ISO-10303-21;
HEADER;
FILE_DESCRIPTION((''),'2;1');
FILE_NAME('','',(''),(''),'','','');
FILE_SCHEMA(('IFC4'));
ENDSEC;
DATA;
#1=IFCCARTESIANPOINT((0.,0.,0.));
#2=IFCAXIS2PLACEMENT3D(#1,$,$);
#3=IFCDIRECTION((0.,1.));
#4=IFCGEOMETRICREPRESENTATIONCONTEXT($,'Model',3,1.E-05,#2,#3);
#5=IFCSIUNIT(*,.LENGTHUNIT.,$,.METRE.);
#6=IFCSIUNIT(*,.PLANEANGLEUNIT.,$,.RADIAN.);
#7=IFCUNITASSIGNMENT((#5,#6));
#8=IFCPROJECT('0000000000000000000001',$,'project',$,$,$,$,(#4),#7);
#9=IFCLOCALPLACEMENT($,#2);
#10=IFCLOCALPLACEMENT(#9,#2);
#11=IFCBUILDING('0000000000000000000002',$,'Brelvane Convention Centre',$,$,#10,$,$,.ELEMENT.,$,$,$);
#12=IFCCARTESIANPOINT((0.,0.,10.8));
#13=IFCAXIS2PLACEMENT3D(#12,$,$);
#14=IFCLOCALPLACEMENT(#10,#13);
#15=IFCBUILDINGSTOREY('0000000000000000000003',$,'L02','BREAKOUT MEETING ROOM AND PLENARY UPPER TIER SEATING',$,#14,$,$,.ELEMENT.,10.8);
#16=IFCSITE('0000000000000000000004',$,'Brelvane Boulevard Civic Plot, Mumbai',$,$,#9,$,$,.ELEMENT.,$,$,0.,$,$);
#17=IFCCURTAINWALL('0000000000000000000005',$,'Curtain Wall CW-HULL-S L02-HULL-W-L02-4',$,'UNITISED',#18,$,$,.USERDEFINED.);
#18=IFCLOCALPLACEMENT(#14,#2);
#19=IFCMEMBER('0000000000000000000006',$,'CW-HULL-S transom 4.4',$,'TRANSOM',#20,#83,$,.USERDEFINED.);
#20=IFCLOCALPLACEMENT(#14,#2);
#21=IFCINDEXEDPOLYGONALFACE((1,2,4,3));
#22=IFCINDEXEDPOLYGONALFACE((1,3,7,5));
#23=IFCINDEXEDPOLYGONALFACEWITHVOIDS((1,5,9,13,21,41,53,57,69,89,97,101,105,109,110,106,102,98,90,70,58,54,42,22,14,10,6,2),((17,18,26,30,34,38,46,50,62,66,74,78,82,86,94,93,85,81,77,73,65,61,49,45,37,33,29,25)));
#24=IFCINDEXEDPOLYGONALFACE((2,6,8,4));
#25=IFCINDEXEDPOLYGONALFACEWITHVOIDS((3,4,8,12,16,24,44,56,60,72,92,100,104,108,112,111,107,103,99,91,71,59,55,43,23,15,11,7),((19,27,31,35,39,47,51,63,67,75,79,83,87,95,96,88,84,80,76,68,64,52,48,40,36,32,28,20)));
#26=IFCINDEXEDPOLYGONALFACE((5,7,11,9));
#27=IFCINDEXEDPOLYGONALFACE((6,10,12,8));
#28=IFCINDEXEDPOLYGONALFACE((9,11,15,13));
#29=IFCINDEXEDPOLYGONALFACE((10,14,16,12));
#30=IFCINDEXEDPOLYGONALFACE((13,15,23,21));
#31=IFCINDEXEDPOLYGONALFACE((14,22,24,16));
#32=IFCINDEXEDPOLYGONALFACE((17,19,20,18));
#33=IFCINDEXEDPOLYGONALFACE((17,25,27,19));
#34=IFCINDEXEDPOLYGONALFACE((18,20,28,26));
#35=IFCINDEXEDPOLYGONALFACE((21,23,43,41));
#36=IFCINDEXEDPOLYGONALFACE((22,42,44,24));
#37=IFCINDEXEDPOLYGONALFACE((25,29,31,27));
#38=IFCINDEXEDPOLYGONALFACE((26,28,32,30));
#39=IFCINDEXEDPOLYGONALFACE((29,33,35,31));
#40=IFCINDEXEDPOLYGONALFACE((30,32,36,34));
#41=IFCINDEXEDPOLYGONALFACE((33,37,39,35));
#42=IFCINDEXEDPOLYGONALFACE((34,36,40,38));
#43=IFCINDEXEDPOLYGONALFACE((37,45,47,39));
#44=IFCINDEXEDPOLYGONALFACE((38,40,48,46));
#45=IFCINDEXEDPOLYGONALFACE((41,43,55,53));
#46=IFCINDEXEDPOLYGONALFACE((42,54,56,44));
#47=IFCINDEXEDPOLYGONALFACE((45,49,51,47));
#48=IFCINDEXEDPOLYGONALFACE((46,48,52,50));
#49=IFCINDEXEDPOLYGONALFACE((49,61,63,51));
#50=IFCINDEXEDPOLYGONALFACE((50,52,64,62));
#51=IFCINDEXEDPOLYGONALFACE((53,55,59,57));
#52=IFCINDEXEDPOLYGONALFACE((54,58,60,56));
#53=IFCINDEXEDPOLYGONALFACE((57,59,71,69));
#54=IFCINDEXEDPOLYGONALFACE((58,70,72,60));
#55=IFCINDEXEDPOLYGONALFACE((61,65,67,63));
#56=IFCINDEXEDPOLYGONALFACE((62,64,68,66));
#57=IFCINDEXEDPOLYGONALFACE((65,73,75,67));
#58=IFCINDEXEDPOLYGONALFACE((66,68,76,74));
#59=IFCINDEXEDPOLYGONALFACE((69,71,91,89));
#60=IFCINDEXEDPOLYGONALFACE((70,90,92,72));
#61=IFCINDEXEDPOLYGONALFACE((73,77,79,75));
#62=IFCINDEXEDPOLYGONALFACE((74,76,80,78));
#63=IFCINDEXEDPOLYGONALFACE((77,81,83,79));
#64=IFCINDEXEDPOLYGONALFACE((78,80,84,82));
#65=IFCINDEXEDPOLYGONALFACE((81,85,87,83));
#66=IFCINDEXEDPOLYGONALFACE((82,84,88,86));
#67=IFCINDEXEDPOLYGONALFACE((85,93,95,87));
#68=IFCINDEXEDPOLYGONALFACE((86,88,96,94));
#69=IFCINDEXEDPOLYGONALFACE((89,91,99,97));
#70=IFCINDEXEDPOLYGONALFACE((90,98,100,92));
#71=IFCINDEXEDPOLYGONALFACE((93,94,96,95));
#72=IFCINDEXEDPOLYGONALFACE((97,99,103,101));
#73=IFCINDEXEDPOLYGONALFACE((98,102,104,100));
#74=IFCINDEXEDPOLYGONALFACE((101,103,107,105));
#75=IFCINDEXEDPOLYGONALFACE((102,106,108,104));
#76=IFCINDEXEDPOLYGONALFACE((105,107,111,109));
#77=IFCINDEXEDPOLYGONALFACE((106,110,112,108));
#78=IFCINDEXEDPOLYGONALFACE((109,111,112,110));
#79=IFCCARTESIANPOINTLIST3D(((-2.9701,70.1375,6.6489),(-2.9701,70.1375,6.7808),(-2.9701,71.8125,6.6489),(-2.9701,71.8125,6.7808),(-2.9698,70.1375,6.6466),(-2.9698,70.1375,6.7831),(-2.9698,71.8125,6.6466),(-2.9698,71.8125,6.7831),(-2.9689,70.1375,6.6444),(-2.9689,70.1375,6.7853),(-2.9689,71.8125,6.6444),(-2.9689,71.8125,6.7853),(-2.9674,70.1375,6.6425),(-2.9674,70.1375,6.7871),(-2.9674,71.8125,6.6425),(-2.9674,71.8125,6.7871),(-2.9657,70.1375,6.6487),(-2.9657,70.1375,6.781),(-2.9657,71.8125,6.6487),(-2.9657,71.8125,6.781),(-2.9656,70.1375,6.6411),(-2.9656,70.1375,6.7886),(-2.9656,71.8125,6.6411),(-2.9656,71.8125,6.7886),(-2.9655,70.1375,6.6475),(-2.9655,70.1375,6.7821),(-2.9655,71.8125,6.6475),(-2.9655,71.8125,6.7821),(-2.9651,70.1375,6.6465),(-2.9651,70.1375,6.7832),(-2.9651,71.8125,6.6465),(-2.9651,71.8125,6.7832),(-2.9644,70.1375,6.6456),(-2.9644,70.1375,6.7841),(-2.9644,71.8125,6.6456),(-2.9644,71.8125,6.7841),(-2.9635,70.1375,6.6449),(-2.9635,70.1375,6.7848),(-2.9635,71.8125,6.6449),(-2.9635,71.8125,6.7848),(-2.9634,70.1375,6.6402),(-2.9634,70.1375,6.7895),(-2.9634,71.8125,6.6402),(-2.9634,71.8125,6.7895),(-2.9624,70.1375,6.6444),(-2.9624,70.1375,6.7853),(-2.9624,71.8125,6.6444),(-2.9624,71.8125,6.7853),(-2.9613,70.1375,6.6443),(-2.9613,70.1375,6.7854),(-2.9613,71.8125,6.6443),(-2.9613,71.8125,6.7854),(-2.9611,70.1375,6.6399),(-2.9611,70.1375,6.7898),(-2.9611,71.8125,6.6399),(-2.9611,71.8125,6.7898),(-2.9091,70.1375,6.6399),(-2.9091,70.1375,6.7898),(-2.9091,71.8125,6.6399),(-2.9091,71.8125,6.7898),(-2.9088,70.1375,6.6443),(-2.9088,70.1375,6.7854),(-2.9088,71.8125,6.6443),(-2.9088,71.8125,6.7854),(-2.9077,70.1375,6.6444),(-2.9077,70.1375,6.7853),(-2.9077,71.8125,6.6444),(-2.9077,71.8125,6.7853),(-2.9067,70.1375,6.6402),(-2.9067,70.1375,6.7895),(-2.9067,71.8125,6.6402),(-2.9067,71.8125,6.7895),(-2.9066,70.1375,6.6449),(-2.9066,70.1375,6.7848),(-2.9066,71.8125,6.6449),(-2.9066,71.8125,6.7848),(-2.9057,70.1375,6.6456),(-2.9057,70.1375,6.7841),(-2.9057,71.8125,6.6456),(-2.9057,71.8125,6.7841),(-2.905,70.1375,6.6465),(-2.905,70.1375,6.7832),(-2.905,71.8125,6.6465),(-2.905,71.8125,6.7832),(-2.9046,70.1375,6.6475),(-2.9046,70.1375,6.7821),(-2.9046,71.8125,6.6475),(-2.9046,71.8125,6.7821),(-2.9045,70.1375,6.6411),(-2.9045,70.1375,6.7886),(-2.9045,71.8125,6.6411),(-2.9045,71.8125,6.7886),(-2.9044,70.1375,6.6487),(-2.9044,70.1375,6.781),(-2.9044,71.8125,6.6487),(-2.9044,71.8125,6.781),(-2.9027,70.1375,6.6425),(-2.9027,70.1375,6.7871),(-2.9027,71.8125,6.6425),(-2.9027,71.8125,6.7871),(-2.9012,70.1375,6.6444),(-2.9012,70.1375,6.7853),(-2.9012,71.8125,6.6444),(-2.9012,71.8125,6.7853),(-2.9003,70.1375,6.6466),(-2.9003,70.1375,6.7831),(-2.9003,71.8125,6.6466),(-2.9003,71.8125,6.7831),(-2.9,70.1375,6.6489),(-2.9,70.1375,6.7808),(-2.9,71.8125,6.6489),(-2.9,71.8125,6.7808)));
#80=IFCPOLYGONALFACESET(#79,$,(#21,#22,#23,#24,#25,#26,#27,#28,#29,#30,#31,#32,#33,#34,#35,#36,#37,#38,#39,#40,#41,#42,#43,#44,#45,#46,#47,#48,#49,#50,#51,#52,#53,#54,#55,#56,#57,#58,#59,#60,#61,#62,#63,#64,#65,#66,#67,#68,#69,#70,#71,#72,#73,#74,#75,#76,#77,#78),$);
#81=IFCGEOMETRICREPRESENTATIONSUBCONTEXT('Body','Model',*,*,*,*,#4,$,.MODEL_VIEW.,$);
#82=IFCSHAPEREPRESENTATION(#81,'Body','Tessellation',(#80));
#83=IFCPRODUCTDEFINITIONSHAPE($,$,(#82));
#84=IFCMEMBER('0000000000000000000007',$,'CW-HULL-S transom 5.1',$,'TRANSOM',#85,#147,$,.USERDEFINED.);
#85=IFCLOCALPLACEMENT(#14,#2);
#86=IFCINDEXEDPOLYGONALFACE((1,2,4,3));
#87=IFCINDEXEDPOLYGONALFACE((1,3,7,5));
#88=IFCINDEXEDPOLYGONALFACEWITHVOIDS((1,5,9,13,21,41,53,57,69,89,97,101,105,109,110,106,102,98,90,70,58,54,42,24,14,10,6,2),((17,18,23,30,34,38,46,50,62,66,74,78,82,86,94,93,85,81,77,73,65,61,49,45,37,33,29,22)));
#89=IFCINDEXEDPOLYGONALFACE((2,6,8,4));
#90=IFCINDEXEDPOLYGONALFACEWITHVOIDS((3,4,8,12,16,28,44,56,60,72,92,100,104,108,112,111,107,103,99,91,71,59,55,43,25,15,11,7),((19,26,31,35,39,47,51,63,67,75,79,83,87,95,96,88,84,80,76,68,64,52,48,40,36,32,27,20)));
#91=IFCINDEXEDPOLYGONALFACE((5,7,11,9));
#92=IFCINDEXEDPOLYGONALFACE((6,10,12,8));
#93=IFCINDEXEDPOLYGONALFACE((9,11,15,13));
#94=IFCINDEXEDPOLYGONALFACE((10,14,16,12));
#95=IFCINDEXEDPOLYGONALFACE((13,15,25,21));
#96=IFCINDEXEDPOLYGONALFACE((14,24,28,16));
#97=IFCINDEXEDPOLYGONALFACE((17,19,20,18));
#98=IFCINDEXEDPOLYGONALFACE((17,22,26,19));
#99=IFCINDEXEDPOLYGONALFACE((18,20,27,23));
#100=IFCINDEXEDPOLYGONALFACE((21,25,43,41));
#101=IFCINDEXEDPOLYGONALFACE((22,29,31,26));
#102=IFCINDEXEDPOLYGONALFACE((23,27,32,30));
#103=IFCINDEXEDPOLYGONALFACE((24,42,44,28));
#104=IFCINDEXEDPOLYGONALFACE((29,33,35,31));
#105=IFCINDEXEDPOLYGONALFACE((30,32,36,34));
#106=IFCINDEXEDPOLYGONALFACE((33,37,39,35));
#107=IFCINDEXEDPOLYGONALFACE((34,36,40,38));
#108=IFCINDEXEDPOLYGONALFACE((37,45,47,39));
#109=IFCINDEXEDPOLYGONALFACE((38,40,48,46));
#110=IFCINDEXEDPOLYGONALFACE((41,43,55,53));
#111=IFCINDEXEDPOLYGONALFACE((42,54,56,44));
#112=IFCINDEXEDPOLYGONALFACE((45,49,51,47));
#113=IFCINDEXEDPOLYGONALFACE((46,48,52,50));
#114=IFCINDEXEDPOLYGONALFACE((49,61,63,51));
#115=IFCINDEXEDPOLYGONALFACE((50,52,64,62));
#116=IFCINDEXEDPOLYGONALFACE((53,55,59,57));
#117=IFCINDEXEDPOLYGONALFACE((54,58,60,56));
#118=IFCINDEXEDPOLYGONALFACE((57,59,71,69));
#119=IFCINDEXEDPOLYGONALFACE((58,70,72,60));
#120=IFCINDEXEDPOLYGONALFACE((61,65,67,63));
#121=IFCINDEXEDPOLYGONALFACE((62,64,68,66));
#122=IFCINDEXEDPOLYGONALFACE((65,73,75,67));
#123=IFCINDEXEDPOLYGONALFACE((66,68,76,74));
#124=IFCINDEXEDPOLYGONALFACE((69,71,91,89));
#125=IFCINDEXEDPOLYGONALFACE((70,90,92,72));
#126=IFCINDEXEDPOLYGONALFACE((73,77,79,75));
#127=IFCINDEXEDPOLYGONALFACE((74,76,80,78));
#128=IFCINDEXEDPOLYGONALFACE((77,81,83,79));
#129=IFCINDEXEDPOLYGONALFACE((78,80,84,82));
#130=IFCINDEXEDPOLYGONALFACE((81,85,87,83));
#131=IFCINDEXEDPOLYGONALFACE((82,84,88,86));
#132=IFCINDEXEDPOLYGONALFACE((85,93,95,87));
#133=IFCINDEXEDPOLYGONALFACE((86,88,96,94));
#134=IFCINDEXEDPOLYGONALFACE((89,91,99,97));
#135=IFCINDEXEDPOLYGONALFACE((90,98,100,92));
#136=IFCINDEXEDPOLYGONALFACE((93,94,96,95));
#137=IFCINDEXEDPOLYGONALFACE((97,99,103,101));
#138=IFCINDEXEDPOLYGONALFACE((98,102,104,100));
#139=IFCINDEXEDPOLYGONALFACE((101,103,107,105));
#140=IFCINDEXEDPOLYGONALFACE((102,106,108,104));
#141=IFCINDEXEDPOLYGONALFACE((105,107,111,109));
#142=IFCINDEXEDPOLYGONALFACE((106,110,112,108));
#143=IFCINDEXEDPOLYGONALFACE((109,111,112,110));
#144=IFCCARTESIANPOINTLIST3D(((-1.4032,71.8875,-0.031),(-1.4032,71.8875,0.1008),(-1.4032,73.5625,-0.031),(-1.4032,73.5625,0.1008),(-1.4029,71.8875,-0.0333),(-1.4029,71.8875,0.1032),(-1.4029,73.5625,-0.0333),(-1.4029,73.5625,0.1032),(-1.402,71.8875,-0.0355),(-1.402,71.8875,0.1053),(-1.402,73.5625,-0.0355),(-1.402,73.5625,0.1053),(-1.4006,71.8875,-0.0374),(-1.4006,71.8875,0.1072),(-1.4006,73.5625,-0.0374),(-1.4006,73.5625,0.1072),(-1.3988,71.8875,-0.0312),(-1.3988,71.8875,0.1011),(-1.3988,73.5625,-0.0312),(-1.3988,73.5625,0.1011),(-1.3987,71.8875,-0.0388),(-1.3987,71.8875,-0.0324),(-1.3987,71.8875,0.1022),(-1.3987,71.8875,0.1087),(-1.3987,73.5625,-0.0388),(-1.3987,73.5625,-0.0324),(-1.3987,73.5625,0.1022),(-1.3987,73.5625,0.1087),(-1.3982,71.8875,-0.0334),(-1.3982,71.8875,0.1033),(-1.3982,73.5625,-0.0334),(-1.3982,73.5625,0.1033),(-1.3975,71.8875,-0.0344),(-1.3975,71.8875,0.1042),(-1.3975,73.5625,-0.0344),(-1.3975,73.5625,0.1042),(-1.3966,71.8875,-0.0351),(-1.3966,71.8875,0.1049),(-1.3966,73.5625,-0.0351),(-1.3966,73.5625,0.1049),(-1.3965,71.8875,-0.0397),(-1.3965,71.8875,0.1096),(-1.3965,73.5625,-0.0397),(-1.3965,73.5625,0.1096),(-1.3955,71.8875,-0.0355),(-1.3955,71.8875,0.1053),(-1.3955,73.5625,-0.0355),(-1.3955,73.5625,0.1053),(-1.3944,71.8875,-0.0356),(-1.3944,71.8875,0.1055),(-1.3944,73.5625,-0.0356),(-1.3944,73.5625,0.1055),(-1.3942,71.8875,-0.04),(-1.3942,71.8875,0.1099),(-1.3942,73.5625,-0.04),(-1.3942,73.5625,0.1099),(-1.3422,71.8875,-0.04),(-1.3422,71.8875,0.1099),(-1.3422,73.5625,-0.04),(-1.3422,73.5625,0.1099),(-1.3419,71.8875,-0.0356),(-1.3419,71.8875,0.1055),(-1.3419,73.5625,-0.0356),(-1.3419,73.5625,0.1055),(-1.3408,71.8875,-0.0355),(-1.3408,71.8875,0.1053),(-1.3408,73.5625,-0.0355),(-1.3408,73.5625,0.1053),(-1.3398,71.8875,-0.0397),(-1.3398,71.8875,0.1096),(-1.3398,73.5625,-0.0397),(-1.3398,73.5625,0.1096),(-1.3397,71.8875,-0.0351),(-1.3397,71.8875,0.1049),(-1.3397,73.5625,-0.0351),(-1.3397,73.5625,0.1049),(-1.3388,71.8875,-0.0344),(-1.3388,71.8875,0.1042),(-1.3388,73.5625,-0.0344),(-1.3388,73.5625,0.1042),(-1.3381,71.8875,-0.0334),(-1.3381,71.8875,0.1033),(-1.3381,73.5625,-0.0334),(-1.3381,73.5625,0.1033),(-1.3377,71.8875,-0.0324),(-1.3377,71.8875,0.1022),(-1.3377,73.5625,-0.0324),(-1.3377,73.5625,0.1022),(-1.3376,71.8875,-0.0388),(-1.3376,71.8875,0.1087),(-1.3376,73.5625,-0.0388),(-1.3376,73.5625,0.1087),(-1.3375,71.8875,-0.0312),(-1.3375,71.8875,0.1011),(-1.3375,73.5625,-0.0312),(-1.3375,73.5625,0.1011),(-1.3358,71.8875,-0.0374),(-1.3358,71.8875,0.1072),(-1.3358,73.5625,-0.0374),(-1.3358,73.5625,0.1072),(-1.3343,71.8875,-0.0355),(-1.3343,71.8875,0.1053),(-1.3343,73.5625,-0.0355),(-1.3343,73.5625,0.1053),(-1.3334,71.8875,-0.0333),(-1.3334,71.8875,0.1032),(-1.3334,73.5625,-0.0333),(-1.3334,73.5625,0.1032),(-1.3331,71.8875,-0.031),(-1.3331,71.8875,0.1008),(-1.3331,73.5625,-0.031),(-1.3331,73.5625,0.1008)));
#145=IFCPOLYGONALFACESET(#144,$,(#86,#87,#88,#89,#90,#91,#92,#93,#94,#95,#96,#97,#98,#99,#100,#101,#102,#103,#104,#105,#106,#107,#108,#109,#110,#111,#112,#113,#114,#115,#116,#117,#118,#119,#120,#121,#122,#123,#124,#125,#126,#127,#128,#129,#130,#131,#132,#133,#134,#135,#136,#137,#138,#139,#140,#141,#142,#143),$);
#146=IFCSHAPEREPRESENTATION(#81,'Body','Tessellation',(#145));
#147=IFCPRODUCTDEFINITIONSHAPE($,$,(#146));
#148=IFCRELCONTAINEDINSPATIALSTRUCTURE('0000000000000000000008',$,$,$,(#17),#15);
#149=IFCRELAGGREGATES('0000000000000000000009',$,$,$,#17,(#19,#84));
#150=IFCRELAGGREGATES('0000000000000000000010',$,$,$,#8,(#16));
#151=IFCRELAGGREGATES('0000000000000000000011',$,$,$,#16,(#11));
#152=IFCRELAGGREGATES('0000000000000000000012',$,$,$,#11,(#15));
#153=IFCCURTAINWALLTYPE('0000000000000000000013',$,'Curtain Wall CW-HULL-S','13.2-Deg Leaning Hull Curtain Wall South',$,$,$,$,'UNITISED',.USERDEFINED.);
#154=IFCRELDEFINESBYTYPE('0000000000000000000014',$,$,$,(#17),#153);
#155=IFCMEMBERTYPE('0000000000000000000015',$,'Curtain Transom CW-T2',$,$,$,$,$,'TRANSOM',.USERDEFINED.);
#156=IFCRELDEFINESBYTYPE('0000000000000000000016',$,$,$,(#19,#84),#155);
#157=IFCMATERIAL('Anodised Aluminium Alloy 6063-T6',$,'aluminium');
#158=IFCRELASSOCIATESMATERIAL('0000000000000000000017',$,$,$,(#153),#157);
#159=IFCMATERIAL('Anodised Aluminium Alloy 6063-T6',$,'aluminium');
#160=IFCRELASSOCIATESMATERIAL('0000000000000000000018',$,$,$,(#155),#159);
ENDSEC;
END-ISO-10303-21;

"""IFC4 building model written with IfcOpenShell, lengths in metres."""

from ifc_helpers import new_model, si_unit, direction, frame, origin, origin_2d, place, context, subcontext, project, spatial, hollow_rectangle, extrude, material, material_profile, profile_set, type_object, element, aggregate, save


model = new_model("IFC4")

# Units and contexts
model_context = context("Model", 3, precision=1e-05, world=origin(), true_north=direction((0.0, 1.0)))
body_context = subcontext(model_context, "Body", "Model", "MODEL_VIEW")
ifc_project = project(units=[si_unit("LENGTHUNIT", "METRE"), si_unit("PLANEANGLEUNIT", "RADIAN")], contexts=[model_context])

# Site, building, storey
site_placement = place(None, origin())
site = spatial("IfcSite", under=ifc_project, at=site_placement, Name="Brelvane Boulevard Civic Plot, Mumbai", CompositionType="ELEMENT", RefElevation=0.0)
building_placement = place(site_placement, origin())
building = spatial("IfcBuilding", under=site, at=building_placement, Name="Brelvane Convention Centre", CompositionType="ELEMENT")
storey_placement = place(building_placement, frame((0.0, 0.0, 10.8)))
storey = spatial("IfcBuildingStorey", under=building, at=storey_placement, Name="L02", Description="BREAKOUT MEETING ROOM AND PLENARY UPPER TIER SEATING", CompositionType="ELEMENT", Elevation=10.8)

# Curtain wall
ifc_material_1 = material(Name="Anodised Aluminium Alloy 6063-T6", Category="aluminium")
curtain_wall_type = type_object("IfcCurtainWallType", Name="Curtain Wall CW-HULL-S", Description="13.2-Deg Leaning Hull Curtain Wall South", ElementType="UNITISED", PredefinedType="USERDEFINED", material=ifc_material_1)
curtain_wall_1_placement = place(storey_placement, origin())
curtain_wall_1 = element("IfcCurtainWall", 1, at=curtain_wall_1_placement, inside=storey, type_object=curtain_wall_type, Name="Curtain Wall CW-HULL-S L02-HULL-W-L02-4", ObjectType="UNITISED", PredefinedType="USERDEFINED")

# Members
ifc_material_2 = material(Name="Anodised Aluminium Alloy 6063-T6", Category="aluminium")
ifc_material_profile_1 = material_profile(ifc_material_2, hollow_rectangle(XDim=0.0701, YDim=0.1499, WallThickness=0.0044, InnerFilletRadius=0.0044, OuterFilletRadius=0.009, at=origin_2d()), Name="ALU-T 150x70x4.5")
ifc_profile_set_1 = profile_set([ifc_material_profile_1], Name="Anodised Aluminium Alloy 6063-T6")
member_type_1 = type_object("IfcMemberType", Name="Curtain Transom CW-T2", ElementType="TRANSOM", PredefinedType="USERDEFINED", material=ifc_profile_set_1)
member_1_placement = place(storey_placement, frame((-2.9351, 70.1375, 6.7148), z_axis=(0.0, 1.0, 0.0), x_axis=(-1.0, 0.0, 0.0)))
member_1 = element("IfcMember", 2, at=member_1_placement, type_object=member_type_1, Name="CW-HULL-S transom 4.4", ObjectType="TRANSOM", PredefinedType="USERDEFINED", context=body_context, shape_type="SweptSolid", body=[
    extrude(hollow_rectangle(XDim=0.0701, YDim=0.1499, WallThickness=0.0044, InnerFilletRadius=0.0044, OuterFilletRadius=0.009, at=origin_2d()), origin(), (0.0, 0.0, 1.0), 1.675),
])
member_2_placement = place(storey_placement, frame((-1.3682, 71.8875, 0.0349), z_axis=(0.0, 1.0, 0.0), x_axis=(-1.0, 0.0, 0.0)))
member_2 = element("IfcMember", 3, at=member_2_placement, type_object=member_type_1, Name="CW-HULL-S transom 5.1", ObjectType="TRANSOM", PredefinedType="USERDEFINED", context=body_context, shape_type="SweptSolid", body=[
    extrude(hollow_rectangle(XDim=0.0701, YDim=0.1499, WallThickness=0.0044, InnerFilletRadius=0.0044, OuterFilletRadius=0.009, at=origin_2d()), origin(), (0.0, 0.0, 1.0), 1.675),
])

aggregate(curtain_wall_1, [member_1, member_2])

save(model, "model.ifc")
